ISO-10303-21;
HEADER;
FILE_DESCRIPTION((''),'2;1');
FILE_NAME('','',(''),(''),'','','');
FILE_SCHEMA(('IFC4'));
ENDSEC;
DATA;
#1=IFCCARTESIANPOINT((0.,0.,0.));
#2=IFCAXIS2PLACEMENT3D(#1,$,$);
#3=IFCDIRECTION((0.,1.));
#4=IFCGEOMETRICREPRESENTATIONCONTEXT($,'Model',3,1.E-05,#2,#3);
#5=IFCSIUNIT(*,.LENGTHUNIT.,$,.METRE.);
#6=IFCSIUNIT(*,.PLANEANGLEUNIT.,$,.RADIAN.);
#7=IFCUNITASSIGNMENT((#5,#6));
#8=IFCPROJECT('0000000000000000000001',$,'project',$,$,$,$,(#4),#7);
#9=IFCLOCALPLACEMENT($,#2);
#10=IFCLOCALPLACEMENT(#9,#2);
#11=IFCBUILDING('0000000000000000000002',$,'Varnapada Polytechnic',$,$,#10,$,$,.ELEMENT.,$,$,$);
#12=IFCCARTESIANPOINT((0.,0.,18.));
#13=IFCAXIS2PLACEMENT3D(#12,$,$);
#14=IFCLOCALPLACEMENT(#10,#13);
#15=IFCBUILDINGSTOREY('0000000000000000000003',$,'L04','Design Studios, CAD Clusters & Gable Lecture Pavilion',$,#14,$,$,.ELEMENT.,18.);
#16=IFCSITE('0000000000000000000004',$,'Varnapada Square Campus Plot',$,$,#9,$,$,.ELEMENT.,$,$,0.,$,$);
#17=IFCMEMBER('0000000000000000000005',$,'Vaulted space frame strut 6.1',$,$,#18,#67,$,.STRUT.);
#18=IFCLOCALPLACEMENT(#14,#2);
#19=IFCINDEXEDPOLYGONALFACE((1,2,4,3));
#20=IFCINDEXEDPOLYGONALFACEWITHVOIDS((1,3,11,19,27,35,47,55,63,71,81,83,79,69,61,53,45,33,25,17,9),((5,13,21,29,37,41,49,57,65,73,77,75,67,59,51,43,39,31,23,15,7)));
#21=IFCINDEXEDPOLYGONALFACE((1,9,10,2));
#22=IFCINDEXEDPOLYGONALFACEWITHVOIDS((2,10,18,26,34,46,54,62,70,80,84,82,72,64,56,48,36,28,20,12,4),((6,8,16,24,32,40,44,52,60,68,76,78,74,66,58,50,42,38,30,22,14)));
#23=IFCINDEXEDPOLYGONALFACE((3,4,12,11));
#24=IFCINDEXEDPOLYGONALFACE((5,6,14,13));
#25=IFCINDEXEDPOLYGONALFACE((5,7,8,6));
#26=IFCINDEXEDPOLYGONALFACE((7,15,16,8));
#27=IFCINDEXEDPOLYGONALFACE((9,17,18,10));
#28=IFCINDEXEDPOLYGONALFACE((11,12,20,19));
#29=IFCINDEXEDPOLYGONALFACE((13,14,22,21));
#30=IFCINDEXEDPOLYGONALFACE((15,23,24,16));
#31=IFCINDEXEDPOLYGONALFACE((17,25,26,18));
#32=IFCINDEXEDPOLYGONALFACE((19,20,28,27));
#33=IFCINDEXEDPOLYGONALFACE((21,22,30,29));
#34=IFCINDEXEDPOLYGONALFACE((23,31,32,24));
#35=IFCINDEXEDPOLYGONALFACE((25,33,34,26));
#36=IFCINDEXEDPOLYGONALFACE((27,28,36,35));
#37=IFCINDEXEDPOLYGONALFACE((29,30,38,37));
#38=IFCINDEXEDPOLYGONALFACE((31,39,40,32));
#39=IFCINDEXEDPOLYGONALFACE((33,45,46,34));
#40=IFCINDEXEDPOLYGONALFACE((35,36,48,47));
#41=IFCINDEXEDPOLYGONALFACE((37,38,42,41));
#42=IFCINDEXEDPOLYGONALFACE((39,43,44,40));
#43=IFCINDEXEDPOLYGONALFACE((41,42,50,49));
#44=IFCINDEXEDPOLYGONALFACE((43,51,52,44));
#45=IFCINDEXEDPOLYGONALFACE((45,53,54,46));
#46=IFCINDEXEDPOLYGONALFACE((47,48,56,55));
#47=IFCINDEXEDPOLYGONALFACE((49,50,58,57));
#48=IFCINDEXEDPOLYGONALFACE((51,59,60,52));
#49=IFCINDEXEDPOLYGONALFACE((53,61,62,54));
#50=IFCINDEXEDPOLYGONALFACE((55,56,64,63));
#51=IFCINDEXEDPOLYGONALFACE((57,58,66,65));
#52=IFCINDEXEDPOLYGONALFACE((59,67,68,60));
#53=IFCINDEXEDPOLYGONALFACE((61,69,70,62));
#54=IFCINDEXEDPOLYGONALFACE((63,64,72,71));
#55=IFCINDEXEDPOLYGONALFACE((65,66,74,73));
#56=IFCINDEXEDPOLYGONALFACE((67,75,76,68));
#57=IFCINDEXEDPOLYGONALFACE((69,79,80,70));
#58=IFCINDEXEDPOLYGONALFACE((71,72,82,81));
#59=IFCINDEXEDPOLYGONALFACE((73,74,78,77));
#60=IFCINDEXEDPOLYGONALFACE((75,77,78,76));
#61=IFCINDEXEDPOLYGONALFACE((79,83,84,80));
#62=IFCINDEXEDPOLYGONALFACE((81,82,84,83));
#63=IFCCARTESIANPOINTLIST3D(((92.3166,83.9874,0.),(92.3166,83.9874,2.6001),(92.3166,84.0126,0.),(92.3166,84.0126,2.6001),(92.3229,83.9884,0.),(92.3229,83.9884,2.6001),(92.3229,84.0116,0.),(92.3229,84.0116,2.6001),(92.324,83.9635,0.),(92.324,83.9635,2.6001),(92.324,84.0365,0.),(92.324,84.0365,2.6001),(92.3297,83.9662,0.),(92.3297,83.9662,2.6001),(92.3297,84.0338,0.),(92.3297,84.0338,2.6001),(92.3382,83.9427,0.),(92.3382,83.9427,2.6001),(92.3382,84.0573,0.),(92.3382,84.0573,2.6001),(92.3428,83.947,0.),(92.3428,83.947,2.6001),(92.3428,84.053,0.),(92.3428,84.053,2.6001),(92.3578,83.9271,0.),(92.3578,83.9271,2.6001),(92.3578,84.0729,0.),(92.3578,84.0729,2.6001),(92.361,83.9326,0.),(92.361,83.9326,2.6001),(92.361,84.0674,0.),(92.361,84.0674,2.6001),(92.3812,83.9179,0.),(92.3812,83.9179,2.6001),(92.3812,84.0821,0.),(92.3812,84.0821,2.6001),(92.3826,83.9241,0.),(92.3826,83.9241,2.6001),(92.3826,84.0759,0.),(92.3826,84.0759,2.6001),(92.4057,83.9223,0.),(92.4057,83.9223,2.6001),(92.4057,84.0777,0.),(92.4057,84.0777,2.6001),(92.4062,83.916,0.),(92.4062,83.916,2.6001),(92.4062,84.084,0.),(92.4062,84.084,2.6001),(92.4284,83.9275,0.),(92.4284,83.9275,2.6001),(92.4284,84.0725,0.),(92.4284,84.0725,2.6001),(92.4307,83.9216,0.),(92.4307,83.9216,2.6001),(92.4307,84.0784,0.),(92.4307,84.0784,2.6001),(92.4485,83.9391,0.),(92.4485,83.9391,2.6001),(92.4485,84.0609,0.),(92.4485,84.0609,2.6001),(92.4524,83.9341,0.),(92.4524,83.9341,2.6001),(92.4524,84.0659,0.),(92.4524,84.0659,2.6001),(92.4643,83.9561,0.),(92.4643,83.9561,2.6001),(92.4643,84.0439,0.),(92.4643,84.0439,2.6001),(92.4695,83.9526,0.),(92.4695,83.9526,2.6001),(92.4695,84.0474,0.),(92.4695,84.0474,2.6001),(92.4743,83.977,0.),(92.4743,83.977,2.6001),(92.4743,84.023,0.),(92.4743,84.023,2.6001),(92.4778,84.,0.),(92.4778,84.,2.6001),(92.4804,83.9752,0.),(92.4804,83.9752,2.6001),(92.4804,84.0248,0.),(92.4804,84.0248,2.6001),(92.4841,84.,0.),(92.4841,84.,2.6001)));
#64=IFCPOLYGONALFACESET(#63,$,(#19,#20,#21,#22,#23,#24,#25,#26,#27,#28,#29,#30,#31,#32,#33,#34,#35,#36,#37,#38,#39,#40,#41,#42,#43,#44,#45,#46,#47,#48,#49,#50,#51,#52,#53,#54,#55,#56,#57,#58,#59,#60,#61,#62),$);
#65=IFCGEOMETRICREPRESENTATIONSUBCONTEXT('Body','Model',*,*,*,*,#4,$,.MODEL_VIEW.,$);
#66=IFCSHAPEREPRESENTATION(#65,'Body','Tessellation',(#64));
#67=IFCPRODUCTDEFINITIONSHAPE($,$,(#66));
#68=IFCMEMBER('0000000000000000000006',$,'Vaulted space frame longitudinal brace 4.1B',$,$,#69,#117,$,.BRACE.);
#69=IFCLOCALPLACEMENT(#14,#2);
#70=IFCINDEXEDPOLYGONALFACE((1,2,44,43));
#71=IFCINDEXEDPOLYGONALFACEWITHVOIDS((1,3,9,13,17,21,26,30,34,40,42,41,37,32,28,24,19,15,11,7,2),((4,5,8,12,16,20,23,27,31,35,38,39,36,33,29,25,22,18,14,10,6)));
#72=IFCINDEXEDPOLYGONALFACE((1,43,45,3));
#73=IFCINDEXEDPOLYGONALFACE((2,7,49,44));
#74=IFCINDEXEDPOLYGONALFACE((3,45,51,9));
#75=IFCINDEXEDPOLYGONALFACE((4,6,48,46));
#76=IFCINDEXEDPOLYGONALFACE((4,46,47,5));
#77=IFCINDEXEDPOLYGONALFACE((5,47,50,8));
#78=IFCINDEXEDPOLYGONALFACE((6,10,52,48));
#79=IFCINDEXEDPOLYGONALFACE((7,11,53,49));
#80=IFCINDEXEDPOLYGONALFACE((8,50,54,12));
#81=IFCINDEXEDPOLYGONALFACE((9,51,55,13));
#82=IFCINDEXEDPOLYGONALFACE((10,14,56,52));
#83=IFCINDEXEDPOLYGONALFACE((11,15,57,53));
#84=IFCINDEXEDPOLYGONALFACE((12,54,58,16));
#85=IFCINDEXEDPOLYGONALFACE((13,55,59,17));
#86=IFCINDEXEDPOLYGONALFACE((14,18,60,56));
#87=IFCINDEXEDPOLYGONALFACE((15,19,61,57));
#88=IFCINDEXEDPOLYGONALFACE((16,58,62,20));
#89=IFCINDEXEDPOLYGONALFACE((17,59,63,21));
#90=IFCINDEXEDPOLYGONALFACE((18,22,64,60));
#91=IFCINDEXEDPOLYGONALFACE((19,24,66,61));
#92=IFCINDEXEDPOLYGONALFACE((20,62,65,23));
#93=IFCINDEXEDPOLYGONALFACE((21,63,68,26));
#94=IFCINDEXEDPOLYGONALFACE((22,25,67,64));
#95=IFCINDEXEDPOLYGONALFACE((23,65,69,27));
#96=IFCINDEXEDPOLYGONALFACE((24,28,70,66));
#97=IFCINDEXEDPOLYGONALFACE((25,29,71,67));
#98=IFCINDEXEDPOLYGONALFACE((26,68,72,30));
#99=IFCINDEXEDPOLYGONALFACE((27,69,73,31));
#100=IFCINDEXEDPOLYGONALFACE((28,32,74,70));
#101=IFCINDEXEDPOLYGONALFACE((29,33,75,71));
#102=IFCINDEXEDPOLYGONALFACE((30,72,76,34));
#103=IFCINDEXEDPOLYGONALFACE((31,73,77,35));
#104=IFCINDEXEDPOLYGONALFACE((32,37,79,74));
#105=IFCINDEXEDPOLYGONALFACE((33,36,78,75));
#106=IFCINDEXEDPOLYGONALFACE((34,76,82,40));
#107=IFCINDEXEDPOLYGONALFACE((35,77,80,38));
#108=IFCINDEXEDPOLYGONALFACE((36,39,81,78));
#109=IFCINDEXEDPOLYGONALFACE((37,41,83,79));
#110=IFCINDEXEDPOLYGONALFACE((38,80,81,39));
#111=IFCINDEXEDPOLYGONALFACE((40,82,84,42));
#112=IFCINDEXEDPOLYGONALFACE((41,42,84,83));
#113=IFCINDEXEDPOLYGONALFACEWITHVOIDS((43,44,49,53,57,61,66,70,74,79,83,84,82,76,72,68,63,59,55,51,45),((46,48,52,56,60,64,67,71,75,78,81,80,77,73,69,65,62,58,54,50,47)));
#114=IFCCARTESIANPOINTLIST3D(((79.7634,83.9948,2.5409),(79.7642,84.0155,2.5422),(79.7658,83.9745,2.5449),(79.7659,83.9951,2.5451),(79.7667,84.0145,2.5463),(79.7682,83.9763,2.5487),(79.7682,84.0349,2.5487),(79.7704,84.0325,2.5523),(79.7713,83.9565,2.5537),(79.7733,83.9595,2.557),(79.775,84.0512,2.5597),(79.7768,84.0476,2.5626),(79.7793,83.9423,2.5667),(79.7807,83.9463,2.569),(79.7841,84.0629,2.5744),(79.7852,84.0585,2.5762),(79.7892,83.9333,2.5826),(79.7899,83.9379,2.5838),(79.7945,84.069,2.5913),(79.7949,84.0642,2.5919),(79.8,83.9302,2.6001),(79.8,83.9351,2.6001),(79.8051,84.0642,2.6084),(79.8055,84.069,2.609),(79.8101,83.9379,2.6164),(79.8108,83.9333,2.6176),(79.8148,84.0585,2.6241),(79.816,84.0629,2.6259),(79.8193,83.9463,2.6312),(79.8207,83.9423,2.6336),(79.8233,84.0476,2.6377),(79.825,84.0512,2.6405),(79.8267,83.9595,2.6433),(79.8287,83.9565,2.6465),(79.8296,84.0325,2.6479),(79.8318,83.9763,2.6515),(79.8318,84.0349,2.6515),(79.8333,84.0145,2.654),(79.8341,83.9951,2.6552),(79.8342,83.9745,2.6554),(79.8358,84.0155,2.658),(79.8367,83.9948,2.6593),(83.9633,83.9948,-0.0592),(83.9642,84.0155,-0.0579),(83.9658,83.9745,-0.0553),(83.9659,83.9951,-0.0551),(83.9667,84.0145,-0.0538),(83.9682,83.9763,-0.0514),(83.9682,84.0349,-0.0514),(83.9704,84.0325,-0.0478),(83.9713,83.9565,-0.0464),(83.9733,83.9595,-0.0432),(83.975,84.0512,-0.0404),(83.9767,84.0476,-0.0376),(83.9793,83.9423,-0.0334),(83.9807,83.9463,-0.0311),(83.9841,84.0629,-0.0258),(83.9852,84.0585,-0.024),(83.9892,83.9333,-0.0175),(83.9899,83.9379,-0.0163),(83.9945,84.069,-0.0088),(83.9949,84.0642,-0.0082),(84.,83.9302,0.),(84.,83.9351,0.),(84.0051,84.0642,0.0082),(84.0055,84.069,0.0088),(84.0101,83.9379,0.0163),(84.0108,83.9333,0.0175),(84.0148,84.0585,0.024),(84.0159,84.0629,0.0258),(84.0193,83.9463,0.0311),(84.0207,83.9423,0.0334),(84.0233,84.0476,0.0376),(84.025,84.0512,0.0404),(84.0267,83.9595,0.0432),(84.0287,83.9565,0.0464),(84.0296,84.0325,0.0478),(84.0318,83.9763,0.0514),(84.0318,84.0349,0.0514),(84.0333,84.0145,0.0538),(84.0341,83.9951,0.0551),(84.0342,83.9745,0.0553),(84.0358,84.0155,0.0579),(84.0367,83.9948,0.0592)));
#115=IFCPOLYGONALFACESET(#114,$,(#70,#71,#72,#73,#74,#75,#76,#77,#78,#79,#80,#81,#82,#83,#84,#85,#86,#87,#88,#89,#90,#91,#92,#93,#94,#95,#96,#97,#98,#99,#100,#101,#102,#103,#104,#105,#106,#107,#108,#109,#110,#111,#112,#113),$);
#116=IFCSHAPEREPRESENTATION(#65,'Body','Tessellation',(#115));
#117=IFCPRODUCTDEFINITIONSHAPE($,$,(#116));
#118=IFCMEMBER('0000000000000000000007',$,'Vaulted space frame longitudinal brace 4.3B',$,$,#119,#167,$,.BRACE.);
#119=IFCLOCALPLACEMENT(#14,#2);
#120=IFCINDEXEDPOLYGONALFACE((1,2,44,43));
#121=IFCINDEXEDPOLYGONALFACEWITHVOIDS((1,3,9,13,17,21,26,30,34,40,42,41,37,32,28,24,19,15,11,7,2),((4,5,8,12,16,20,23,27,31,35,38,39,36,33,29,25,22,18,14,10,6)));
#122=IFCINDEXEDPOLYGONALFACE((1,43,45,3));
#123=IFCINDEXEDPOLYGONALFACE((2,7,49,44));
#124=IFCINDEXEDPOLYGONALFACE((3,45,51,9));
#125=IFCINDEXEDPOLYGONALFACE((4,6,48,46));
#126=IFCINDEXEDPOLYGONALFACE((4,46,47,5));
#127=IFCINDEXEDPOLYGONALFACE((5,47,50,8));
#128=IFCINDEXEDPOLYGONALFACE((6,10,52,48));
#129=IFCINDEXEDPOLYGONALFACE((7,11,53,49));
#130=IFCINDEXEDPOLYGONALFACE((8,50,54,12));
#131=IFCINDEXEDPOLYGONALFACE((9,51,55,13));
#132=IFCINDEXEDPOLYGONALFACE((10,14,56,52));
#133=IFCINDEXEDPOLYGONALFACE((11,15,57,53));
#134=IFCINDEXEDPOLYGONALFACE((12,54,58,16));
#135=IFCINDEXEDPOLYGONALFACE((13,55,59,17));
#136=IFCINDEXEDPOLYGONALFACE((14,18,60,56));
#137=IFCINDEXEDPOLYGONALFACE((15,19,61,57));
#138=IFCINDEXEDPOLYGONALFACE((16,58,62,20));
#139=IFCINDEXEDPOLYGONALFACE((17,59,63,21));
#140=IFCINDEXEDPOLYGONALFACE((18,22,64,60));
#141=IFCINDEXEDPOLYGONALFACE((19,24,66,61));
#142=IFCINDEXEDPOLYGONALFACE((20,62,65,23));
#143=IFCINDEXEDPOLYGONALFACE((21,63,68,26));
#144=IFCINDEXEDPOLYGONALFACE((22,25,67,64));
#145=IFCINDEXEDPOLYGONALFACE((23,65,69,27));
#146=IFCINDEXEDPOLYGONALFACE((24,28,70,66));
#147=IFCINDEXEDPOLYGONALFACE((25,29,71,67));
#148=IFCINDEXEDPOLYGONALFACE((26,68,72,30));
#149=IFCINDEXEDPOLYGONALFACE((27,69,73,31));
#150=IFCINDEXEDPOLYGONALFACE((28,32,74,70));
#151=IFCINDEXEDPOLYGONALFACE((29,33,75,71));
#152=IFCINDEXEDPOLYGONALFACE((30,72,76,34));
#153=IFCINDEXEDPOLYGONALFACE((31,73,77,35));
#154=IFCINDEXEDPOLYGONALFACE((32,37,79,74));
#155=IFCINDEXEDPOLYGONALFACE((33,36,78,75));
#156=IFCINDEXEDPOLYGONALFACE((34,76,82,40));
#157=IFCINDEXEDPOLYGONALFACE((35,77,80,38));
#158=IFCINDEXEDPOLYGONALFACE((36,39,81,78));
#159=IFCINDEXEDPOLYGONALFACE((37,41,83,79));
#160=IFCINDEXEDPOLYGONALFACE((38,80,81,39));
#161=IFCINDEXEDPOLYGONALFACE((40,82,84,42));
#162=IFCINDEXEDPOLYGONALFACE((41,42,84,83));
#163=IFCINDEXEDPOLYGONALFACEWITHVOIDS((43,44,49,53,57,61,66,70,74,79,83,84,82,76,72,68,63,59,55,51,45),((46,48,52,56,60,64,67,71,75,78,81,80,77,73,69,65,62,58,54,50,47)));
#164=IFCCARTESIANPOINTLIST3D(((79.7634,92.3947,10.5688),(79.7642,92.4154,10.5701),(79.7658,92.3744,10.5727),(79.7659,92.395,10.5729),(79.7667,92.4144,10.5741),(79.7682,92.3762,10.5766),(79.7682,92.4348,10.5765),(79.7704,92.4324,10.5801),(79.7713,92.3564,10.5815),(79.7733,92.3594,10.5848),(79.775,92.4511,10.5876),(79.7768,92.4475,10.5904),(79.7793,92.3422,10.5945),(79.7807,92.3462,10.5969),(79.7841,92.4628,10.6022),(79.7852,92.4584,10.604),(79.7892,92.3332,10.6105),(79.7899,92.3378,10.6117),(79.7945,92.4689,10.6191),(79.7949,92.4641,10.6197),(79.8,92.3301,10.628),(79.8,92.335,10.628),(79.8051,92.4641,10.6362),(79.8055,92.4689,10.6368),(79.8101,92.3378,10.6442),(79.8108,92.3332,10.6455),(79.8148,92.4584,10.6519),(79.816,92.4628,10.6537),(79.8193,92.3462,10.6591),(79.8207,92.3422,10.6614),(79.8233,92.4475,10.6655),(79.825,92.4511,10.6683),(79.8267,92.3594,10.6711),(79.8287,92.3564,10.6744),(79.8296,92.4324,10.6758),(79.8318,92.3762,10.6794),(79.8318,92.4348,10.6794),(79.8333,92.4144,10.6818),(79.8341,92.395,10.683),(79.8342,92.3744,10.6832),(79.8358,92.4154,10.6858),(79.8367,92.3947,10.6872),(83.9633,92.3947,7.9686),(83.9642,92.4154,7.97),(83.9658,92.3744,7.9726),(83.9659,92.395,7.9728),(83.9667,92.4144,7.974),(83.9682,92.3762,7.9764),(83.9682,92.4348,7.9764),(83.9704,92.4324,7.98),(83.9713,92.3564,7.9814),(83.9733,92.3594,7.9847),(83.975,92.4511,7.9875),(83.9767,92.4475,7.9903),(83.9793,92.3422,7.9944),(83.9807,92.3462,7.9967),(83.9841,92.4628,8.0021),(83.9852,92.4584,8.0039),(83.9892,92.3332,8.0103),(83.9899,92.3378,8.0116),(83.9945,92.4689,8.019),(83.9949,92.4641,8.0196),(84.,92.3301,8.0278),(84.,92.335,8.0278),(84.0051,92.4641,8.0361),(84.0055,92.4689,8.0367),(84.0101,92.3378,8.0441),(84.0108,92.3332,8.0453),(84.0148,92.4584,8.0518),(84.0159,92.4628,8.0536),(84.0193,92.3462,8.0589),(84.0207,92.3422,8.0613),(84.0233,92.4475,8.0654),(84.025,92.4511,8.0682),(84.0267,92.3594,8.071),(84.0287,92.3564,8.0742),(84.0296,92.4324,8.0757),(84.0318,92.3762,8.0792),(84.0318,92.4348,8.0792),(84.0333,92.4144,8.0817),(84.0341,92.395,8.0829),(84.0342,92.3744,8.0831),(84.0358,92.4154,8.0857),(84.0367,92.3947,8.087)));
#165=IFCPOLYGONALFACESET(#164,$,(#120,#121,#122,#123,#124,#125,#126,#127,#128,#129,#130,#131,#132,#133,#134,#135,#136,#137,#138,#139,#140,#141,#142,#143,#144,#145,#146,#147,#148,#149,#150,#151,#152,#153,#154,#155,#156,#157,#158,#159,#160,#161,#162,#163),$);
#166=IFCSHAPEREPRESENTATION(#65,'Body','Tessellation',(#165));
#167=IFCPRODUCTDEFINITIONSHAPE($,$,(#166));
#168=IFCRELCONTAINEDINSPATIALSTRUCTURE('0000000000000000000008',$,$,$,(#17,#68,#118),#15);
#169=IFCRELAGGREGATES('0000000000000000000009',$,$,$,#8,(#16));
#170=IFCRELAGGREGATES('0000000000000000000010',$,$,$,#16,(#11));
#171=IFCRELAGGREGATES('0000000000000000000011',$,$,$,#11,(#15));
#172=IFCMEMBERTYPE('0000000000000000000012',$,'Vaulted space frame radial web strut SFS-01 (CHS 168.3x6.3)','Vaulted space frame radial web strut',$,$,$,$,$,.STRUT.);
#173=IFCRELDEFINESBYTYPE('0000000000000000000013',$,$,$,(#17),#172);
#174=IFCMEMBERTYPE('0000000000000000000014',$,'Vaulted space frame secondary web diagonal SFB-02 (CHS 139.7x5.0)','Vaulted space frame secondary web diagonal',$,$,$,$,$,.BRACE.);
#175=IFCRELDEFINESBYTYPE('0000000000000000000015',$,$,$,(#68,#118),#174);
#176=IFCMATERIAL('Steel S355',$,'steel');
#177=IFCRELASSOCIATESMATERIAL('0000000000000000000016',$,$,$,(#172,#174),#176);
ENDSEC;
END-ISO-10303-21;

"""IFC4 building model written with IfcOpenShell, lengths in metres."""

from ifc_helpers import new_model, si_unit, direction, frame, origin, origin_2d, place, context, subcontext, project, spatial, hollow_circle, extrude, material, material_profile, profile_set, type_object, element, save


model = new_model("IFC4")

# Units and contexts
model_context = context("Model", 3, precision=1e-05, world=origin(), true_north=direction((0.0, 1.0)))
body_context = subcontext(model_context, "Body", "Model", "MODEL_VIEW")
ifc_project = project(units=[si_unit("LENGTHUNIT", "METRE"), si_unit("PLANEANGLEUNIT", "RADIAN")], contexts=[model_context])

# Site, building, storey
site_placement = place(None, origin())
site = spatial("IfcSite", under=ifc_project, at=site_placement, Name="Varnapada Square Campus Plot", CompositionType="ELEMENT", RefElevation=0.0)
building_placement = place(site_placement, origin())
building = spatial("IfcBuilding", under=site, at=building_placement, Name="Varnapada Polytechnic", CompositionType="ELEMENT")
storey_placement = place(building_placement, frame((0.0, 0.0, 18.0)))
storey = spatial("IfcBuildingStorey", under=building, at=storey_placement, Name="L04", Description="Design Studios, CAD Clusters & Gable Lecture Pavilion", CompositionType="ELEMENT", Elevation=18.0)

# Shared definitions
ifc_material = material(Name="Steel S355", Category="steel")

# Members
ifc_material_profile_1 = material_profile(ifc_material, hollow_circle(Radius=0.0842, WallThickness=0.0063, at=origin_2d()), Name="CHS 168.3x6.3")
ifc_profile_set_1 = profile_set([ifc_material_profile_1], Name="Steel S355")
member_type_1 = type_object("IfcMemberType", Name="Vaulted space frame radial web strut SFS-01 (CHS 168.3x6.3)", Description="Vaulted space frame radial web strut", PredefinedType="STRUT", material=ifc_profile_set_1)
for number, where, z_axis, x_axis, name in (
    (1, (92.3999, 84.0, 0.0), (0.0, 0.0, 1.0), (1.0, 0.0, 0.0), "Vaulted space frame strut 6.1"),
):
    element("IfcMember", number, at=place(storey_placement, frame(where, z_axis=z_axis, x_axis=x_axis)), inside=storey, type_object=member_type_1, Name=name, PredefinedType="STRUT", context=body_context, shape_type="SweptSolid", body=[
        extrude(hollow_circle(Radius=0.0842, WallThickness=0.0063, at=origin_2d()), origin(), (0.0, 0.0, 1.0), 2.6001),
    ])
ifc_material_profile_2 = material_profile(ifc_material, hollow_circle(Radius=0.0698, WallThickness=0.0049, at=origin_2d()), Name="CHS 139.7x5.0")
ifc_profile_set_2 = profile_set([ifc_material_profile_2], Name="Steel S355")
member_type_2 = type_object("IfcMemberType", Name="Vaulted space frame secondary web diagonal SFB-02 (CHS 139.7x5.0)", Description="Vaulted space frame secondary web diagonal", PredefinedType="BRACE", material=ifc_profile_set_2)
for number, where, z_axis, x_axis, name in (
    (2, (84.0, 84.0, 0.0), (-0.850254, 0.0, 0.526373), (0.0, -1.0, 0.0), "Vaulted space frame longitudinal brace 4.1B"),
    (3, (84.0, 92.3999, 8.0278), (-0.850254, 0.0, 0.526373), (0.0, -1.0, 0.0), "Vaulted space frame longitudinal brace 4.3B"),
):
    element("IfcMember", number, at=place(storey_placement, frame(where, z_axis=z_axis, x_axis=x_axis)), inside=storey, type_object=member_type_2, Name=name, PredefinedType="BRACE", context=body_context, shape_type="SweptSolid", body=[
        extrude(hollow_circle(Radius=0.0698, WallThickness=0.0049, at=origin_2d()), origin(), (0.0, 0.0, 1.0), 4.9397),
    ])

save(model, "model.ifc")
